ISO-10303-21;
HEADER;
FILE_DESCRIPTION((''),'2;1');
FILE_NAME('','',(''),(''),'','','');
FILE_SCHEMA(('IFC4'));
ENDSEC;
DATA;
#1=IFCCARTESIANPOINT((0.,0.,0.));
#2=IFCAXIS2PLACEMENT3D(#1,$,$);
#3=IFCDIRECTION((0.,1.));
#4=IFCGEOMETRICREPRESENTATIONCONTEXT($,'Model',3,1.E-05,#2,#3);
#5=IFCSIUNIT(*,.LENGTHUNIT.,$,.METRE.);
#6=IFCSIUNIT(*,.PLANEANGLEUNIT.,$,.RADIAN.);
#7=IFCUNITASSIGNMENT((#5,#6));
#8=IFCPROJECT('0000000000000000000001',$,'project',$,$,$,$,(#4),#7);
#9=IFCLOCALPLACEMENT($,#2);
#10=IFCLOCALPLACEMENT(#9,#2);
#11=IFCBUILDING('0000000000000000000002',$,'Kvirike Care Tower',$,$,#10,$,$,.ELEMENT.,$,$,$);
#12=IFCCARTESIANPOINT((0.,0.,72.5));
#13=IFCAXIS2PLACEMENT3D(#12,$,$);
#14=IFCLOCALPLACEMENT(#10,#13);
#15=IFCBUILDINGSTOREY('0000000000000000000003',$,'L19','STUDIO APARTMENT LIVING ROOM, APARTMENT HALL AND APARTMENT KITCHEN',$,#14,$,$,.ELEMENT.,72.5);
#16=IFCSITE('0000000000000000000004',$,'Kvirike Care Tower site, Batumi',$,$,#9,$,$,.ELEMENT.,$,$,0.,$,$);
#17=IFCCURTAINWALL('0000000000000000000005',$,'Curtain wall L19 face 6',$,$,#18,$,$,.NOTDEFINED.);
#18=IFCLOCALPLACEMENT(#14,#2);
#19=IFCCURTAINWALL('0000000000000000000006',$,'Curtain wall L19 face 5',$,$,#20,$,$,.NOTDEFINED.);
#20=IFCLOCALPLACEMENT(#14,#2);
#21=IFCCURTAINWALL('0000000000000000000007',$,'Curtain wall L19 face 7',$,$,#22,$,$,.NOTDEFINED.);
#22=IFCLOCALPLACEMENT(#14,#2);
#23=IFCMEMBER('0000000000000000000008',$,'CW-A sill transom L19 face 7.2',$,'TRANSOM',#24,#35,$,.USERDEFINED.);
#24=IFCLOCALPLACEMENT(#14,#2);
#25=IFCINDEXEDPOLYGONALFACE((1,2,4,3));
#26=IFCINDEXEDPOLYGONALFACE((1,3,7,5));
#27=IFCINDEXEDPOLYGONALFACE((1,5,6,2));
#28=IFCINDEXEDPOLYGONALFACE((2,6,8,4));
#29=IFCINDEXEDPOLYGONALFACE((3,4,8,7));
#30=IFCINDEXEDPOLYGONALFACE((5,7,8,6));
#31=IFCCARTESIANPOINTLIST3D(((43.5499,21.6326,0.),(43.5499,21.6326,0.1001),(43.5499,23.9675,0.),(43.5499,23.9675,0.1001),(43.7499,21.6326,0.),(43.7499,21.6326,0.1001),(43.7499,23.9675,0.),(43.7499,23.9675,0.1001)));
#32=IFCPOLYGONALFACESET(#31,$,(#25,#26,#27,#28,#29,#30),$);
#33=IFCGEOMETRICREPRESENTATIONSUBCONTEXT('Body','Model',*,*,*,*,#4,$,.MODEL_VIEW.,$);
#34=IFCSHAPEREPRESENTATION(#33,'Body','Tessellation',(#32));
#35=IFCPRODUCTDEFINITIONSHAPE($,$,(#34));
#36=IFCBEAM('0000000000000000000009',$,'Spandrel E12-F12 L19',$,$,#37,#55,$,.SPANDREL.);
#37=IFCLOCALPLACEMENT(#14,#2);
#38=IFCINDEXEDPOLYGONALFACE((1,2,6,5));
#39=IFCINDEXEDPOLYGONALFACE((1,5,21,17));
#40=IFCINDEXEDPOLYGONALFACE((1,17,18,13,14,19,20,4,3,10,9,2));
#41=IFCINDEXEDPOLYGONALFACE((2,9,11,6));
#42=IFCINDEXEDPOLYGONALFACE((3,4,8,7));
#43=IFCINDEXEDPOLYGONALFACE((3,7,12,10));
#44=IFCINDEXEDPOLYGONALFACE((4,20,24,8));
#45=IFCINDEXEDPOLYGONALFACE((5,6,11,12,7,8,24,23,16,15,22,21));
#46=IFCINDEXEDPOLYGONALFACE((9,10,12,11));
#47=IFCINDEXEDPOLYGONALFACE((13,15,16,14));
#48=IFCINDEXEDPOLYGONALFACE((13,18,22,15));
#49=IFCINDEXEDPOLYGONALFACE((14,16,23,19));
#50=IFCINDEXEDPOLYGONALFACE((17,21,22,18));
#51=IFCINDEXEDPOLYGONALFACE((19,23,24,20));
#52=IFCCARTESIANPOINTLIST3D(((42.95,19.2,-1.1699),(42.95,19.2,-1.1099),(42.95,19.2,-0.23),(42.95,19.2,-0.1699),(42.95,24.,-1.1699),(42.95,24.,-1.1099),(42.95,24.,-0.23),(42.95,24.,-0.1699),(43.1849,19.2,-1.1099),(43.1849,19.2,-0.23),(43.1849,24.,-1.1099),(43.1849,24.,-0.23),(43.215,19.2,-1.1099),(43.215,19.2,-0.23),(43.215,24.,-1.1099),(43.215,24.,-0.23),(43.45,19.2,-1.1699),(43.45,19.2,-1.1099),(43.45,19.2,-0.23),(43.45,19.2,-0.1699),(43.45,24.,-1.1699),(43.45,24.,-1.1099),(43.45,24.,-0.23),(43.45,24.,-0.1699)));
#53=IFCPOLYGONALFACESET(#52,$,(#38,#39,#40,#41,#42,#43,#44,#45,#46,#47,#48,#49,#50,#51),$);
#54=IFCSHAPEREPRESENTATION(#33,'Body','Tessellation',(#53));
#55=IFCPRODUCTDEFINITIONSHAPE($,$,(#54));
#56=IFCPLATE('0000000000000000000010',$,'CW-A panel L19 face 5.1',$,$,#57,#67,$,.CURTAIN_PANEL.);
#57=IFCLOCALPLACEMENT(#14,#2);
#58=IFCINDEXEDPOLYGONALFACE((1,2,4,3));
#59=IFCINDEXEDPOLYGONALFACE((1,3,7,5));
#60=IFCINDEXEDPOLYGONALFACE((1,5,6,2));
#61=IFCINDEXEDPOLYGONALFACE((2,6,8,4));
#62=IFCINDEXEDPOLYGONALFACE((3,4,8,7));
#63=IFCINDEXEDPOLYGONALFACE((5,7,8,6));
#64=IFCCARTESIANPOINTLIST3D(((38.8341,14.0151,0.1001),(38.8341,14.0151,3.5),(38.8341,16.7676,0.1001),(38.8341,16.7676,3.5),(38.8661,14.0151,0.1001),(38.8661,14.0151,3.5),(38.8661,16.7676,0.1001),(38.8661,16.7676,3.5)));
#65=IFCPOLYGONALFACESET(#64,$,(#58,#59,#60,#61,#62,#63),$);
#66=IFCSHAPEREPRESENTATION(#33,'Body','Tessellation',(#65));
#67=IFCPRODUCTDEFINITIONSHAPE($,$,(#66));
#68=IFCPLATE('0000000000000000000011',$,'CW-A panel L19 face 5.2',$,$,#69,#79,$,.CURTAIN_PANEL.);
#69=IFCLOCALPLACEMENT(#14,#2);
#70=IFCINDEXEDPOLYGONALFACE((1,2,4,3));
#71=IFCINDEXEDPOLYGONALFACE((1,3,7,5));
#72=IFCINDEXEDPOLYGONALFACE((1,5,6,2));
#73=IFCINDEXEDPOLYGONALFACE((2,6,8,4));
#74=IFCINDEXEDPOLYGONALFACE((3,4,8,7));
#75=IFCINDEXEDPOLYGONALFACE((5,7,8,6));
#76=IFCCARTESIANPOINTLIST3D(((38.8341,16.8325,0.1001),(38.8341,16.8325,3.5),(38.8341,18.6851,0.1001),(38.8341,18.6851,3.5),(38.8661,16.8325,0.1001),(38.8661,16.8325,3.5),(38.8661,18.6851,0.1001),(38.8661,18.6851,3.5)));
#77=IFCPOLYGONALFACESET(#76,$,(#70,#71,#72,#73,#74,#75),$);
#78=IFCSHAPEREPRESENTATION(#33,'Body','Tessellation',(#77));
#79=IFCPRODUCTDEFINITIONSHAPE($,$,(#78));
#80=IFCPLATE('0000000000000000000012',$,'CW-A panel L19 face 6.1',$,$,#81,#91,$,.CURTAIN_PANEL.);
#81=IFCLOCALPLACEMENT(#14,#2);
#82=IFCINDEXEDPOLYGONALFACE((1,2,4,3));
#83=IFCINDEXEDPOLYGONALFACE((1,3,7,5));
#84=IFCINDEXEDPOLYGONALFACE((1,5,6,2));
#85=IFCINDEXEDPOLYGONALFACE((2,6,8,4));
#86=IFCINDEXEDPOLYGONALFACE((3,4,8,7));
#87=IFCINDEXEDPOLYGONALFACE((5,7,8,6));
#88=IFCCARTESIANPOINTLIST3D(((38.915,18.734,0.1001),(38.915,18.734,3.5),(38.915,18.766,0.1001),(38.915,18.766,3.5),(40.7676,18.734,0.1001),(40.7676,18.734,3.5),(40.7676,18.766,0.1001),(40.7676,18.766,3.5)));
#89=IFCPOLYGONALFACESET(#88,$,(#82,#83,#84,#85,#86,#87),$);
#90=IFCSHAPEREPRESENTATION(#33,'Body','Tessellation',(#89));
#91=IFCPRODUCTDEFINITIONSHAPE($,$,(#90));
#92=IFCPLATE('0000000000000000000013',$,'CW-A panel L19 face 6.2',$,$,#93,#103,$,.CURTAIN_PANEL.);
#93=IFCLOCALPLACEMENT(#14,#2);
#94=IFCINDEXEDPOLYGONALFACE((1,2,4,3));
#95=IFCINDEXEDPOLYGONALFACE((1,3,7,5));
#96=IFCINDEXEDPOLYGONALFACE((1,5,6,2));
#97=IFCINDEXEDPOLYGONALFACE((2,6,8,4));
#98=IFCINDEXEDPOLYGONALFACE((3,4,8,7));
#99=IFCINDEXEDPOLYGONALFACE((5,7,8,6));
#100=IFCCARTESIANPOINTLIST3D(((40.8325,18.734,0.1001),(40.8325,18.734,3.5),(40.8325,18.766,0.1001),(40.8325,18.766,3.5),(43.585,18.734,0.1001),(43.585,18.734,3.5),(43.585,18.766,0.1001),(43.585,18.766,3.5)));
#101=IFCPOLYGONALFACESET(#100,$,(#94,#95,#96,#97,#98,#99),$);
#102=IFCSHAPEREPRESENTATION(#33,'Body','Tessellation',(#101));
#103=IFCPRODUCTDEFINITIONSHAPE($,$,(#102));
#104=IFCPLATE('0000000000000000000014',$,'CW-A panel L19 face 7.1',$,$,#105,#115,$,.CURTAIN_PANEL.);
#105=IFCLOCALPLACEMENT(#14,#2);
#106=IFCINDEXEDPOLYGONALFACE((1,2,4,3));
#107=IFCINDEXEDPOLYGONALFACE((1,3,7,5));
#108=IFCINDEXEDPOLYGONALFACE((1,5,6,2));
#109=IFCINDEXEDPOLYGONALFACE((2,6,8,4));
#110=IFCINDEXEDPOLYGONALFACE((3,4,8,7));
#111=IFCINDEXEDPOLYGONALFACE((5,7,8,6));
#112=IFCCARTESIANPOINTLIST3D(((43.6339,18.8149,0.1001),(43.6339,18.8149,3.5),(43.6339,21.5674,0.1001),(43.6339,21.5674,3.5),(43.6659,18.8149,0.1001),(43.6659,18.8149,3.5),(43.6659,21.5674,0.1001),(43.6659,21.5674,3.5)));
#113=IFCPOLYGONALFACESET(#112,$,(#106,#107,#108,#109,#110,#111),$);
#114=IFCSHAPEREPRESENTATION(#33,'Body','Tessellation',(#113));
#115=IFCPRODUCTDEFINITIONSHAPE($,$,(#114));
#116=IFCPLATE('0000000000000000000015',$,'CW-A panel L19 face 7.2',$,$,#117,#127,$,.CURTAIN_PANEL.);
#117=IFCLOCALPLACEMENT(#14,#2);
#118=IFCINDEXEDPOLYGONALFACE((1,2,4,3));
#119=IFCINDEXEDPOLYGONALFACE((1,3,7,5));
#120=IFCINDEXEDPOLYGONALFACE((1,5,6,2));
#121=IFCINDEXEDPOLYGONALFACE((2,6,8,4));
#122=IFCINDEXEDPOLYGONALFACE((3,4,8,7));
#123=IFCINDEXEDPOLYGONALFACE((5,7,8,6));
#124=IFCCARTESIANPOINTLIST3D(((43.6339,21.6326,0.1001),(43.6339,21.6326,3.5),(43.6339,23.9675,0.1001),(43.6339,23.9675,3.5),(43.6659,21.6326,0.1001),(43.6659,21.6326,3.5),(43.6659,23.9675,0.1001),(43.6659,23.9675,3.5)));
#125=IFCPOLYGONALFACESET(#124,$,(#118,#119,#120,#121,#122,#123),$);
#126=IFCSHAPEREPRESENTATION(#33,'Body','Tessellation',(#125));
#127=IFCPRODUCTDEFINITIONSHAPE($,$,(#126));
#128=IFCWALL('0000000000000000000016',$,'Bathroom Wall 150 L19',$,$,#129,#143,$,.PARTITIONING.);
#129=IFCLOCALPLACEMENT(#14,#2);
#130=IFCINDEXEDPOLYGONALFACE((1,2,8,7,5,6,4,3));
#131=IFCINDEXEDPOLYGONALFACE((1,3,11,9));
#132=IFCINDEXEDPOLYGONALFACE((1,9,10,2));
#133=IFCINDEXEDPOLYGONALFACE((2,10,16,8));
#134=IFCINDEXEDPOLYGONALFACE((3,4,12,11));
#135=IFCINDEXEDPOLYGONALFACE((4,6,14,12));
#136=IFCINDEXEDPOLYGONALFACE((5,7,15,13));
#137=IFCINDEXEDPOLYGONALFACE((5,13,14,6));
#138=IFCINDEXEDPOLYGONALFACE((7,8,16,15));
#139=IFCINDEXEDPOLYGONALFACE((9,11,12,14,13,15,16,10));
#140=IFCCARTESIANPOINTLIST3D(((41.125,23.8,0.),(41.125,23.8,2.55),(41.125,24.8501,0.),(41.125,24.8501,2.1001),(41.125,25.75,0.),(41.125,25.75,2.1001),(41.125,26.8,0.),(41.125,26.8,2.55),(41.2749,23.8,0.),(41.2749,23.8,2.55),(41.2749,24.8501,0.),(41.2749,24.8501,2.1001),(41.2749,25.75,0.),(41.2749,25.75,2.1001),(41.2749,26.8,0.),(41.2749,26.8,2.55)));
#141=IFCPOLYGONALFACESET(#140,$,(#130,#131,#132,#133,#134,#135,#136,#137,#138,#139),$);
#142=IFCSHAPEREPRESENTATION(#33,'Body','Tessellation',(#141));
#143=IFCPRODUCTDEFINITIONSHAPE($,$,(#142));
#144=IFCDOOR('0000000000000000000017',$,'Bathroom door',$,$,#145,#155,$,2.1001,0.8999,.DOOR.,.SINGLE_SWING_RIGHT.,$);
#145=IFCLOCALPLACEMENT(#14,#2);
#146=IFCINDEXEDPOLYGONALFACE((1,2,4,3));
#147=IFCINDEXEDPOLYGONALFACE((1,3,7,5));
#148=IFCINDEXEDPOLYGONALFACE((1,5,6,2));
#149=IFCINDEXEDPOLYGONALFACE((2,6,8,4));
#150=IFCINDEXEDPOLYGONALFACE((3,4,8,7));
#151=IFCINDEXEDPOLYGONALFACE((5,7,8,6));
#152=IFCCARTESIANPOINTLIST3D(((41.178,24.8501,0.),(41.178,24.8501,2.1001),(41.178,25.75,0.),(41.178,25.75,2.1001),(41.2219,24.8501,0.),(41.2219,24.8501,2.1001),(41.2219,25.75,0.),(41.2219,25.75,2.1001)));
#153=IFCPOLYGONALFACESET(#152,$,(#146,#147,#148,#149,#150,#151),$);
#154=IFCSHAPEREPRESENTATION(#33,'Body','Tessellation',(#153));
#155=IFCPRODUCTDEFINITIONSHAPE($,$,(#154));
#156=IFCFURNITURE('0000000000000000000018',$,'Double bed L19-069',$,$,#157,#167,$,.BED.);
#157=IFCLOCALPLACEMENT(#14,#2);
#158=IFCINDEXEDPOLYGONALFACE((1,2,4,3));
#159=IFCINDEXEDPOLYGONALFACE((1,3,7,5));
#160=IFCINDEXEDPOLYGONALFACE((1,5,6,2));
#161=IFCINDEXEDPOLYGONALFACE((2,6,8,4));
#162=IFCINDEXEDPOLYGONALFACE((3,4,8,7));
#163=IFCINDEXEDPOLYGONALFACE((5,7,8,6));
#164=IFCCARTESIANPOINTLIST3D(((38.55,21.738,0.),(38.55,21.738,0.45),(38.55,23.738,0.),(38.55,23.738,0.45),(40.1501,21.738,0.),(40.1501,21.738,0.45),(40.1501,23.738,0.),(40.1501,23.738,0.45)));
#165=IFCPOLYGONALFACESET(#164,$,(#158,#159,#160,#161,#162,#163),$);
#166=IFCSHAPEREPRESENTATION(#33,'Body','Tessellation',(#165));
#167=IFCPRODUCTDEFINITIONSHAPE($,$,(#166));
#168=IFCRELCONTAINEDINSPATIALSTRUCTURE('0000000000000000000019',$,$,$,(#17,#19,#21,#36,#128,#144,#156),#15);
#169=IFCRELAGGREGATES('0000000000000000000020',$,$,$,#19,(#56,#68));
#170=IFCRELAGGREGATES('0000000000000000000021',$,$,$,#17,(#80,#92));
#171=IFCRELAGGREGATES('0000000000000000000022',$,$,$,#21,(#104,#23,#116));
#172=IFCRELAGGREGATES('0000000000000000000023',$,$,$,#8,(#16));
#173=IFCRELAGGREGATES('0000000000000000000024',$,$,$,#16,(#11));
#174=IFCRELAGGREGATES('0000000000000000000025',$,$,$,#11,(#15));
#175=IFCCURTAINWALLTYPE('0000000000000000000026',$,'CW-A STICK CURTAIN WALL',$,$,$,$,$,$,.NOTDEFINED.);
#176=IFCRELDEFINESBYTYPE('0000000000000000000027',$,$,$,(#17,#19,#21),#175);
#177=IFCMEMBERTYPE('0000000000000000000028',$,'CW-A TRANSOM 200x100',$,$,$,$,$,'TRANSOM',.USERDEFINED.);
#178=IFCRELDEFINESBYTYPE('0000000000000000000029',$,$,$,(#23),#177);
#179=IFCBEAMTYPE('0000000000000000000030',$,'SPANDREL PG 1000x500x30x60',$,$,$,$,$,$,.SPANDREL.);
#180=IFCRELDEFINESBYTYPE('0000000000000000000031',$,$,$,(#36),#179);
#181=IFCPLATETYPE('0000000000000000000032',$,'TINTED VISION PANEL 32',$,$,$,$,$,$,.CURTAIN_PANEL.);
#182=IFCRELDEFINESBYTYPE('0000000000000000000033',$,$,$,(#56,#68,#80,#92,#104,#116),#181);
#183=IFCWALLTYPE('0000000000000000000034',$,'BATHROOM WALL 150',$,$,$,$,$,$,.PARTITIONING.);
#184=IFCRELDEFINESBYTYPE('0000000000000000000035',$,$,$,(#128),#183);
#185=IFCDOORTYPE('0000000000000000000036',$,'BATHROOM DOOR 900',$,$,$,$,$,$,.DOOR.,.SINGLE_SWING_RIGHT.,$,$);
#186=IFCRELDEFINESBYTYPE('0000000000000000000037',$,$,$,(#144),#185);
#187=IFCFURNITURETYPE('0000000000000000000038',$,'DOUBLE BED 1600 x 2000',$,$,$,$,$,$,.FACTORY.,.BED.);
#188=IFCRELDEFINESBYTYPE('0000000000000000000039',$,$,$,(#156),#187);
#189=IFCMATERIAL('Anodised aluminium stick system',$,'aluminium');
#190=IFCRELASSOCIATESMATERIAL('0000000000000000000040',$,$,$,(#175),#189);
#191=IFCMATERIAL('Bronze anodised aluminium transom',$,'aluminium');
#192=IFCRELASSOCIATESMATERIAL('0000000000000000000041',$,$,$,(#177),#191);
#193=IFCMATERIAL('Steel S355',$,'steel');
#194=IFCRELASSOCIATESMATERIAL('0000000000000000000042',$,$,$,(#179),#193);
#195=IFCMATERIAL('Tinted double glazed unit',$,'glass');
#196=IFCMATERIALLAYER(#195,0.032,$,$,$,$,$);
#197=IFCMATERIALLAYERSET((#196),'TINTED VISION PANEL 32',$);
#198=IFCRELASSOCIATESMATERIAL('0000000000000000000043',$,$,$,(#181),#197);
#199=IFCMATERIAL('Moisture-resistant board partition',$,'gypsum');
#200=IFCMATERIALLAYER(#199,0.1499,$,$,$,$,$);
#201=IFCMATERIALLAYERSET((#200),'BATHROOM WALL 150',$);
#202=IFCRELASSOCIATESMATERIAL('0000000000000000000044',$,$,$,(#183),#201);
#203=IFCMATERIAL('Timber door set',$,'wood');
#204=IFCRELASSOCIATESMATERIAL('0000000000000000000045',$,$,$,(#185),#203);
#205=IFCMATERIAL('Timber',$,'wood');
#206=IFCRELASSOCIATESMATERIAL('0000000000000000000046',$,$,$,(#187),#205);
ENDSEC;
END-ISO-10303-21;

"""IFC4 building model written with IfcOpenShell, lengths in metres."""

from ifc_helpers import new_model, si_unit, direction, frame, frame_2d, origin, origin_2d, place, context, subcontext, project, spatial, rectangle, i_section, extrude, material, layer, layer_set, material_profile, profile_set, type_object, element, fill, aggregate, save


model = new_model("IFC4")

# Units and contexts
model_context = context("Model", 3, precision=1e-05, world=origin(), true_north=direction((0.0, 1.0)))
body_context = subcontext(model_context, "Body", "Model", "MODEL_VIEW")
ifc_project = project(units=[si_unit("LENGTHUNIT", "METRE"), si_unit("PLANEANGLEUNIT", "RADIAN")], contexts=[model_context])

# Site, building, storey
site_placement = place(None, origin())
site = spatial("IfcSite", under=ifc_project, at=site_placement, Name="Kvirike Care Tower site, Batumi", CompositionType="ELEMENT", RefElevation=0.0)
building_placement = place(site_placement, origin())
building = spatial("IfcBuilding", under=site, at=building_placement, Name="Kvirike Care Tower", CompositionType="ELEMENT")
storey_placement = place(building_placement, frame((0.0, 0.0, 72.5)))
storey = spatial("IfcBuildingStorey", under=building, at=storey_placement, Name="L19", Description="STUDIO APARTMENT LIVING ROOM, APARTMENT HALL AND APARTMENT KITCHEN", CompositionType="ELEMENT", Elevation=72.5)

# Curtain wall
ifc_material_1 = material(Name="Anodised aluminium stick system", Category="aluminium")
curtain_wall_type = type_object("IfcCurtainWallType", Name="CW-A STICK CURTAIN WALL", PredefinedType="NOTDEFINED", material=ifc_material_1)
curtain_wall_1_placement = place(storey_placement, origin())
curtain_wall_1 = element("IfcCurtainWall", 1, at=curtain_wall_1_placement, inside=storey, type_object=curtain_wall_type, Name="Curtain wall L19 face 6", PredefinedType="NOTDEFINED")

# Curtain wall
curtain_wall_2_placement = place(storey_placement, origin())
curtain_wall_2 = element("IfcCurtainWall", 2, at=curtain_wall_2_placement, inside=storey, type_object=curtain_wall_type, Name="Curtain wall L19 face 5", PredefinedType="NOTDEFINED")

# Curtain wall
curtain_wall_3_placement = place(storey_placement, origin())
curtain_wall_3 = element("IfcCurtainWall", 3, at=curtain_wall_3_placement, inside=storey, type_object=curtain_wall_type, Name="Curtain wall L19 face 7", PredefinedType="NOTDEFINED")

# Member
ifc_material_2 = material(Name="Bronze anodised aluminium transom", Category="aluminium")
ifc_material_profile_1 = material_profile(ifc_material_2, rectangle(XDim=0.2, YDim=0.1001, at=origin_2d()), Name="CW-A TRANSOM 200x100")
ifc_profile_set_1 = profile_set([ifc_material_profile_1], Name="Bronze anodised aluminium transom")
member_type_1 = type_object("IfcMemberType", Name="CW-A TRANSOM 200x100", ElementType="TRANSOM", PredefinedType="USERDEFINED", material=ifc_profile_set_1)
member_1_placement = place(storey_placement, frame((43.6499, 21.6326, 0.05), z_axis=(0.0, 1.0, 0.0), x_axis=(-1.0, 0.0, 0.0)))
member_1 = element("IfcMember", 4, at=member_1_placement, type_object=member_type_1, Name="CW-A sill transom L19 face 7.2", ObjectType="TRANSOM", PredefinedType="USERDEFINED", context=body_context, shape_type="SweptSolid", body=[
    extrude(rectangle(XDim=0.2, YDim=0.1001, at=origin_2d()), origin(), (0.0, 0.0, 1.0), 2.335),
])

# Beam
ifc_material_3 = material(Name="Steel S355", Category="steel")
ifc_material_profile_2 = material_profile(ifc_material_3, i_section(OverallWidth=0.5, OverallDepth=1.0, WebThickness=0.03, FlangeThickness=0.0601, at=origin_2d()), Name="PG 1000x500x30x60")
ifc_profile_set_2 = profile_set([ifc_material_profile_2], Name="Steel S355")
beam_type = type_object("IfcBeamType", Name="SPANDREL PG 1000x500x30x60", PredefinedType="SPANDREL", material=ifc_profile_set_2)
beam_placement = place(storey_placement, frame((43.2, 19.2, -0.6699), z_axis=(0.0, 1.0, 0.0), x_axis=(-1.0, 0.0, 0.0)))
element("IfcBeam", 5, at=beam_placement, inside=storey, type_object=beam_type, Name="Spandrel E12-F12 L19", PredefinedType="SPANDREL", context=body_context, shape_type="SweptSolid", body=[
    extrude(i_section(OverallWidth=0.5, OverallDepth=1.0, WebThickness=0.03, FlangeThickness=0.0601, at=origin_2d()), origin(), (0.0, 0.0, 1.0), 4.8),
])

# Plates
ifc_material_4 = material(Name="Tinted double glazed unit", Category="glass")
ifc_layer_1 = layer(ifc_material_4, 0.032)
ifc_layer_set_1 = layer_set([ifc_layer_1], Name="TINTED VISION PANEL 32")
plate_type = type_object("IfcPlateType", Name="TINTED VISION PANEL 32", PredefinedType="CURTAIN_PANEL", material=ifc_layer_set_1)
plate_1_placement = place(storey_placement, frame((38.8501, 15.3914, 0.1001), z_axis=(0.0, 0.0, 1.0), x_axis=(0.0, 1.0, 0.0)))
plate_1 = element("IfcPlate", 6, at=plate_1_placement, type_object=plate_type, Name="CW-A panel L19 face 5.1", PredefinedType="CURTAIN_PANEL", context=body_context, shape_type="SweptSolid", body=[
    extrude(rectangle(XDim=2.7524, YDim=0.032, at=origin_2d()), origin(), (0.0, 0.0, 1.0), 3.3999),
])
plate_2_placement = place(storey_placement, frame((38.8501, 17.7588, 0.1001), z_axis=(0.0, 0.0, 1.0), x_axis=(0.0, 1.0, 0.0)))
plate_2 = element("IfcPlate", 7, at=plate_2_placement, type_object=plate_type, Name="CW-A panel L19 face 5.2", PredefinedType="CURTAIN_PANEL", context=body_context, shape_type="SweptSolid", body=[
    extrude(rectangle(XDim=1.8525, YDim=0.032, at=origin_2d()), origin(), (0.0, 0.0, 1.0), 3.3999),
])
aggregate(curtain_wall_2, [plate_1, plate_2])
plate_3_placement = place(storey_placement, frame((39.8413, 18.75, 0.1001), z_axis=(0.0, 0.0, 1.0), x_axis=(1.0, 0.0, 0.0)))
plate_3 = element("IfcPlate", 8, at=plate_3_placement, type_object=plate_type, Name="CW-A panel L19 face 6.1", PredefinedType="CURTAIN_PANEL", context=body_context, shape_type="SweptSolid", body=[
    extrude(rectangle(XDim=1.8525, YDim=0.032, at=origin_2d()), origin(), (0.0, 0.0, 1.0), 3.3999),
])
plate_4_placement = place(storey_placement, frame((42.2087, 18.75, 0.1001), z_axis=(0.0, 0.0, 1.0), x_axis=(1.0, 0.0, 0.0)))
plate_4 = element("IfcPlate", 9, at=plate_4_placement, type_object=plate_type, Name="CW-A panel L19 face 6.2", PredefinedType="CURTAIN_PANEL", context=body_context, shape_type="SweptSolid", body=[
    extrude(rectangle(XDim=2.7524, YDim=0.032, at=origin_2d()), origin(), (0.0, 0.0, 1.0), 3.3999),
])
aggregate(curtain_wall_1, [plate_3, plate_4])
plate_5_placement = place(storey_placement, frame((43.6499, 20.1912, 0.1001), z_axis=(0.0, 0.0, 1.0), x_axis=(0.0, 1.0, 0.0)))
plate_5 = element("IfcPlate", 10, at=plate_5_placement, type_object=plate_type, Name="CW-A panel L19 face 7.1", PredefinedType="CURTAIN_PANEL", context=body_context, shape_type="SweptSolid", body=[
    extrude(rectangle(XDim=2.7524, YDim=0.032, at=origin_2d()), origin(), (0.0, 0.0, 1.0), 3.3999),
])
plate_6_placement = place(storey_placement, frame((43.6499, 22.8, 0.1001), z_axis=(0.0, 0.0, 1.0), x_axis=(0.0, 1.0, 0.0)))
plate_6 = element("IfcPlate", 11, at=plate_6_placement, type_object=plate_type, Name="CW-A panel L19 face 7.2", PredefinedType="CURTAIN_PANEL", context=body_context, shape_type="SweptSolid", body=[
    extrude(rectangle(XDim=2.335, YDim=0.032, at=origin_2d()), origin(), (0.0, 0.0, 1.0), 3.3999),
])
aggregate(curtain_wall_3, [plate_5, member_1, plate_6])

# Wall, opening, door
ifc_material_5 = material(Name="Moisture-resistant board partition", Category="gypsum")
ifc_layer_2 = layer(ifc_material_5, 0.1499)
ifc_layer_set_2 = layer_set([ifc_layer_2], Name="BATHROOM WALL 150")
wall_type = type_object("IfcWallType", Name="BATHROOM WALL 150", PredefinedType="PARTITIONING", material=ifc_layer_set_2)
wall_placement = place(storey_placement, frame((41.2, 23.8, 0.0), z_axis=(0.0, 0.0, 1.0), x_axis=(0.0, 1.0, 0.0)))
wall = element("IfcWall", 12, at=wall_placement, inside=storey, type_object=wall_type, Name="Bathroom Wall 150 L19", PredefinedType="PARTITIONING", context=body_context, shape_type="SweptSolid", body=[
    extrude(rectangle(XDim=3.0, YDim=0.1499, at=frame_2d((1.5, 0.0))), origin(), (0.0, 0.0, 1.0), 2.55),
])
opening_placement = place(wall_placement, frame((1.05, 0.0, 0.0)))
opening = element("IfcOpeningElement", 13, at=opening_placement, cuts=wall, PredefinedType="OPENING", context=body_context, shape_type="SweptSolid", body=[
    extrude(rectangle(XDim=0.8999, YDim=2.1001, at=frame_2d((0.45, 1.05))), frame((0.0, 0.0854, 0.0), z_axis=(0.0, -1.0, 0.0), x_axis=(1.0, 0.0, 0.0)), (0.0, 0.0, 1.0), 0.1709),
])
ifc_material_6 = material(Name="Timber door set", Category="wood")
door_type = type_object("IfcDoorType", Name="BATHROOM DOOR 900", OperationType="SINGLE_SWING_RIGHT", PredefinedType="DOOR", material=ifc_material_6)
door_placement = place(opening_placement, origin())
door = element("IfcDoor", 14, at=door_placement, inside=storey, type_object=door_type, Name="Bathroom door", OperationType="SINGLE_SWING_RIGHT", OverallHeight=2.1001, OverallWidth=0.8999, PredefinedType="DOOR", context=body_context, shape_type="SweptSolid", body=[
    extrude(rectangle(XDim=0.8999, YDim=2.1001, at=frame_2d((0.45, 1.05))), frame((0.0, 0.022, 0.0), z_axis=(0.0, -1.0, 0.0), x_axis=(1.0, 0.0, 0.0)), (0.0, 0.0, 1.0), 0.0439),
])
fill(opening, door)

# Furniture
ifc_material_7 = material(Name="Timber", Category="wood")
furniture_type = type_object("IfcFurnitureType", Name="DOUBLE BED 1600 x 2000", AssemblyPlace="FACTORY", PredefinedType="BED", material=ifc_material_7)
furniture_placement = place(storey_placement, frame((39.3501, 22.738, 0.0), z_axis=(0.0, 0.0, 1.0), x_axis=(1.0, 0.0, 0.0)))
element("IfcFurniture", 15, at=furniture_placement, inside=storey, type_object=furniture_type, Name="Double bed L19-069", PredefinedType="BED", context=body_context, shape_type="SweptSolid", body=[
    extrude(rectangle(XDim=1.6001, YDim=2.0, at=origin_2d()), origin(), (0.0, 0.0, 1.0), 0.45),
])

save(model, "model.ifc")
